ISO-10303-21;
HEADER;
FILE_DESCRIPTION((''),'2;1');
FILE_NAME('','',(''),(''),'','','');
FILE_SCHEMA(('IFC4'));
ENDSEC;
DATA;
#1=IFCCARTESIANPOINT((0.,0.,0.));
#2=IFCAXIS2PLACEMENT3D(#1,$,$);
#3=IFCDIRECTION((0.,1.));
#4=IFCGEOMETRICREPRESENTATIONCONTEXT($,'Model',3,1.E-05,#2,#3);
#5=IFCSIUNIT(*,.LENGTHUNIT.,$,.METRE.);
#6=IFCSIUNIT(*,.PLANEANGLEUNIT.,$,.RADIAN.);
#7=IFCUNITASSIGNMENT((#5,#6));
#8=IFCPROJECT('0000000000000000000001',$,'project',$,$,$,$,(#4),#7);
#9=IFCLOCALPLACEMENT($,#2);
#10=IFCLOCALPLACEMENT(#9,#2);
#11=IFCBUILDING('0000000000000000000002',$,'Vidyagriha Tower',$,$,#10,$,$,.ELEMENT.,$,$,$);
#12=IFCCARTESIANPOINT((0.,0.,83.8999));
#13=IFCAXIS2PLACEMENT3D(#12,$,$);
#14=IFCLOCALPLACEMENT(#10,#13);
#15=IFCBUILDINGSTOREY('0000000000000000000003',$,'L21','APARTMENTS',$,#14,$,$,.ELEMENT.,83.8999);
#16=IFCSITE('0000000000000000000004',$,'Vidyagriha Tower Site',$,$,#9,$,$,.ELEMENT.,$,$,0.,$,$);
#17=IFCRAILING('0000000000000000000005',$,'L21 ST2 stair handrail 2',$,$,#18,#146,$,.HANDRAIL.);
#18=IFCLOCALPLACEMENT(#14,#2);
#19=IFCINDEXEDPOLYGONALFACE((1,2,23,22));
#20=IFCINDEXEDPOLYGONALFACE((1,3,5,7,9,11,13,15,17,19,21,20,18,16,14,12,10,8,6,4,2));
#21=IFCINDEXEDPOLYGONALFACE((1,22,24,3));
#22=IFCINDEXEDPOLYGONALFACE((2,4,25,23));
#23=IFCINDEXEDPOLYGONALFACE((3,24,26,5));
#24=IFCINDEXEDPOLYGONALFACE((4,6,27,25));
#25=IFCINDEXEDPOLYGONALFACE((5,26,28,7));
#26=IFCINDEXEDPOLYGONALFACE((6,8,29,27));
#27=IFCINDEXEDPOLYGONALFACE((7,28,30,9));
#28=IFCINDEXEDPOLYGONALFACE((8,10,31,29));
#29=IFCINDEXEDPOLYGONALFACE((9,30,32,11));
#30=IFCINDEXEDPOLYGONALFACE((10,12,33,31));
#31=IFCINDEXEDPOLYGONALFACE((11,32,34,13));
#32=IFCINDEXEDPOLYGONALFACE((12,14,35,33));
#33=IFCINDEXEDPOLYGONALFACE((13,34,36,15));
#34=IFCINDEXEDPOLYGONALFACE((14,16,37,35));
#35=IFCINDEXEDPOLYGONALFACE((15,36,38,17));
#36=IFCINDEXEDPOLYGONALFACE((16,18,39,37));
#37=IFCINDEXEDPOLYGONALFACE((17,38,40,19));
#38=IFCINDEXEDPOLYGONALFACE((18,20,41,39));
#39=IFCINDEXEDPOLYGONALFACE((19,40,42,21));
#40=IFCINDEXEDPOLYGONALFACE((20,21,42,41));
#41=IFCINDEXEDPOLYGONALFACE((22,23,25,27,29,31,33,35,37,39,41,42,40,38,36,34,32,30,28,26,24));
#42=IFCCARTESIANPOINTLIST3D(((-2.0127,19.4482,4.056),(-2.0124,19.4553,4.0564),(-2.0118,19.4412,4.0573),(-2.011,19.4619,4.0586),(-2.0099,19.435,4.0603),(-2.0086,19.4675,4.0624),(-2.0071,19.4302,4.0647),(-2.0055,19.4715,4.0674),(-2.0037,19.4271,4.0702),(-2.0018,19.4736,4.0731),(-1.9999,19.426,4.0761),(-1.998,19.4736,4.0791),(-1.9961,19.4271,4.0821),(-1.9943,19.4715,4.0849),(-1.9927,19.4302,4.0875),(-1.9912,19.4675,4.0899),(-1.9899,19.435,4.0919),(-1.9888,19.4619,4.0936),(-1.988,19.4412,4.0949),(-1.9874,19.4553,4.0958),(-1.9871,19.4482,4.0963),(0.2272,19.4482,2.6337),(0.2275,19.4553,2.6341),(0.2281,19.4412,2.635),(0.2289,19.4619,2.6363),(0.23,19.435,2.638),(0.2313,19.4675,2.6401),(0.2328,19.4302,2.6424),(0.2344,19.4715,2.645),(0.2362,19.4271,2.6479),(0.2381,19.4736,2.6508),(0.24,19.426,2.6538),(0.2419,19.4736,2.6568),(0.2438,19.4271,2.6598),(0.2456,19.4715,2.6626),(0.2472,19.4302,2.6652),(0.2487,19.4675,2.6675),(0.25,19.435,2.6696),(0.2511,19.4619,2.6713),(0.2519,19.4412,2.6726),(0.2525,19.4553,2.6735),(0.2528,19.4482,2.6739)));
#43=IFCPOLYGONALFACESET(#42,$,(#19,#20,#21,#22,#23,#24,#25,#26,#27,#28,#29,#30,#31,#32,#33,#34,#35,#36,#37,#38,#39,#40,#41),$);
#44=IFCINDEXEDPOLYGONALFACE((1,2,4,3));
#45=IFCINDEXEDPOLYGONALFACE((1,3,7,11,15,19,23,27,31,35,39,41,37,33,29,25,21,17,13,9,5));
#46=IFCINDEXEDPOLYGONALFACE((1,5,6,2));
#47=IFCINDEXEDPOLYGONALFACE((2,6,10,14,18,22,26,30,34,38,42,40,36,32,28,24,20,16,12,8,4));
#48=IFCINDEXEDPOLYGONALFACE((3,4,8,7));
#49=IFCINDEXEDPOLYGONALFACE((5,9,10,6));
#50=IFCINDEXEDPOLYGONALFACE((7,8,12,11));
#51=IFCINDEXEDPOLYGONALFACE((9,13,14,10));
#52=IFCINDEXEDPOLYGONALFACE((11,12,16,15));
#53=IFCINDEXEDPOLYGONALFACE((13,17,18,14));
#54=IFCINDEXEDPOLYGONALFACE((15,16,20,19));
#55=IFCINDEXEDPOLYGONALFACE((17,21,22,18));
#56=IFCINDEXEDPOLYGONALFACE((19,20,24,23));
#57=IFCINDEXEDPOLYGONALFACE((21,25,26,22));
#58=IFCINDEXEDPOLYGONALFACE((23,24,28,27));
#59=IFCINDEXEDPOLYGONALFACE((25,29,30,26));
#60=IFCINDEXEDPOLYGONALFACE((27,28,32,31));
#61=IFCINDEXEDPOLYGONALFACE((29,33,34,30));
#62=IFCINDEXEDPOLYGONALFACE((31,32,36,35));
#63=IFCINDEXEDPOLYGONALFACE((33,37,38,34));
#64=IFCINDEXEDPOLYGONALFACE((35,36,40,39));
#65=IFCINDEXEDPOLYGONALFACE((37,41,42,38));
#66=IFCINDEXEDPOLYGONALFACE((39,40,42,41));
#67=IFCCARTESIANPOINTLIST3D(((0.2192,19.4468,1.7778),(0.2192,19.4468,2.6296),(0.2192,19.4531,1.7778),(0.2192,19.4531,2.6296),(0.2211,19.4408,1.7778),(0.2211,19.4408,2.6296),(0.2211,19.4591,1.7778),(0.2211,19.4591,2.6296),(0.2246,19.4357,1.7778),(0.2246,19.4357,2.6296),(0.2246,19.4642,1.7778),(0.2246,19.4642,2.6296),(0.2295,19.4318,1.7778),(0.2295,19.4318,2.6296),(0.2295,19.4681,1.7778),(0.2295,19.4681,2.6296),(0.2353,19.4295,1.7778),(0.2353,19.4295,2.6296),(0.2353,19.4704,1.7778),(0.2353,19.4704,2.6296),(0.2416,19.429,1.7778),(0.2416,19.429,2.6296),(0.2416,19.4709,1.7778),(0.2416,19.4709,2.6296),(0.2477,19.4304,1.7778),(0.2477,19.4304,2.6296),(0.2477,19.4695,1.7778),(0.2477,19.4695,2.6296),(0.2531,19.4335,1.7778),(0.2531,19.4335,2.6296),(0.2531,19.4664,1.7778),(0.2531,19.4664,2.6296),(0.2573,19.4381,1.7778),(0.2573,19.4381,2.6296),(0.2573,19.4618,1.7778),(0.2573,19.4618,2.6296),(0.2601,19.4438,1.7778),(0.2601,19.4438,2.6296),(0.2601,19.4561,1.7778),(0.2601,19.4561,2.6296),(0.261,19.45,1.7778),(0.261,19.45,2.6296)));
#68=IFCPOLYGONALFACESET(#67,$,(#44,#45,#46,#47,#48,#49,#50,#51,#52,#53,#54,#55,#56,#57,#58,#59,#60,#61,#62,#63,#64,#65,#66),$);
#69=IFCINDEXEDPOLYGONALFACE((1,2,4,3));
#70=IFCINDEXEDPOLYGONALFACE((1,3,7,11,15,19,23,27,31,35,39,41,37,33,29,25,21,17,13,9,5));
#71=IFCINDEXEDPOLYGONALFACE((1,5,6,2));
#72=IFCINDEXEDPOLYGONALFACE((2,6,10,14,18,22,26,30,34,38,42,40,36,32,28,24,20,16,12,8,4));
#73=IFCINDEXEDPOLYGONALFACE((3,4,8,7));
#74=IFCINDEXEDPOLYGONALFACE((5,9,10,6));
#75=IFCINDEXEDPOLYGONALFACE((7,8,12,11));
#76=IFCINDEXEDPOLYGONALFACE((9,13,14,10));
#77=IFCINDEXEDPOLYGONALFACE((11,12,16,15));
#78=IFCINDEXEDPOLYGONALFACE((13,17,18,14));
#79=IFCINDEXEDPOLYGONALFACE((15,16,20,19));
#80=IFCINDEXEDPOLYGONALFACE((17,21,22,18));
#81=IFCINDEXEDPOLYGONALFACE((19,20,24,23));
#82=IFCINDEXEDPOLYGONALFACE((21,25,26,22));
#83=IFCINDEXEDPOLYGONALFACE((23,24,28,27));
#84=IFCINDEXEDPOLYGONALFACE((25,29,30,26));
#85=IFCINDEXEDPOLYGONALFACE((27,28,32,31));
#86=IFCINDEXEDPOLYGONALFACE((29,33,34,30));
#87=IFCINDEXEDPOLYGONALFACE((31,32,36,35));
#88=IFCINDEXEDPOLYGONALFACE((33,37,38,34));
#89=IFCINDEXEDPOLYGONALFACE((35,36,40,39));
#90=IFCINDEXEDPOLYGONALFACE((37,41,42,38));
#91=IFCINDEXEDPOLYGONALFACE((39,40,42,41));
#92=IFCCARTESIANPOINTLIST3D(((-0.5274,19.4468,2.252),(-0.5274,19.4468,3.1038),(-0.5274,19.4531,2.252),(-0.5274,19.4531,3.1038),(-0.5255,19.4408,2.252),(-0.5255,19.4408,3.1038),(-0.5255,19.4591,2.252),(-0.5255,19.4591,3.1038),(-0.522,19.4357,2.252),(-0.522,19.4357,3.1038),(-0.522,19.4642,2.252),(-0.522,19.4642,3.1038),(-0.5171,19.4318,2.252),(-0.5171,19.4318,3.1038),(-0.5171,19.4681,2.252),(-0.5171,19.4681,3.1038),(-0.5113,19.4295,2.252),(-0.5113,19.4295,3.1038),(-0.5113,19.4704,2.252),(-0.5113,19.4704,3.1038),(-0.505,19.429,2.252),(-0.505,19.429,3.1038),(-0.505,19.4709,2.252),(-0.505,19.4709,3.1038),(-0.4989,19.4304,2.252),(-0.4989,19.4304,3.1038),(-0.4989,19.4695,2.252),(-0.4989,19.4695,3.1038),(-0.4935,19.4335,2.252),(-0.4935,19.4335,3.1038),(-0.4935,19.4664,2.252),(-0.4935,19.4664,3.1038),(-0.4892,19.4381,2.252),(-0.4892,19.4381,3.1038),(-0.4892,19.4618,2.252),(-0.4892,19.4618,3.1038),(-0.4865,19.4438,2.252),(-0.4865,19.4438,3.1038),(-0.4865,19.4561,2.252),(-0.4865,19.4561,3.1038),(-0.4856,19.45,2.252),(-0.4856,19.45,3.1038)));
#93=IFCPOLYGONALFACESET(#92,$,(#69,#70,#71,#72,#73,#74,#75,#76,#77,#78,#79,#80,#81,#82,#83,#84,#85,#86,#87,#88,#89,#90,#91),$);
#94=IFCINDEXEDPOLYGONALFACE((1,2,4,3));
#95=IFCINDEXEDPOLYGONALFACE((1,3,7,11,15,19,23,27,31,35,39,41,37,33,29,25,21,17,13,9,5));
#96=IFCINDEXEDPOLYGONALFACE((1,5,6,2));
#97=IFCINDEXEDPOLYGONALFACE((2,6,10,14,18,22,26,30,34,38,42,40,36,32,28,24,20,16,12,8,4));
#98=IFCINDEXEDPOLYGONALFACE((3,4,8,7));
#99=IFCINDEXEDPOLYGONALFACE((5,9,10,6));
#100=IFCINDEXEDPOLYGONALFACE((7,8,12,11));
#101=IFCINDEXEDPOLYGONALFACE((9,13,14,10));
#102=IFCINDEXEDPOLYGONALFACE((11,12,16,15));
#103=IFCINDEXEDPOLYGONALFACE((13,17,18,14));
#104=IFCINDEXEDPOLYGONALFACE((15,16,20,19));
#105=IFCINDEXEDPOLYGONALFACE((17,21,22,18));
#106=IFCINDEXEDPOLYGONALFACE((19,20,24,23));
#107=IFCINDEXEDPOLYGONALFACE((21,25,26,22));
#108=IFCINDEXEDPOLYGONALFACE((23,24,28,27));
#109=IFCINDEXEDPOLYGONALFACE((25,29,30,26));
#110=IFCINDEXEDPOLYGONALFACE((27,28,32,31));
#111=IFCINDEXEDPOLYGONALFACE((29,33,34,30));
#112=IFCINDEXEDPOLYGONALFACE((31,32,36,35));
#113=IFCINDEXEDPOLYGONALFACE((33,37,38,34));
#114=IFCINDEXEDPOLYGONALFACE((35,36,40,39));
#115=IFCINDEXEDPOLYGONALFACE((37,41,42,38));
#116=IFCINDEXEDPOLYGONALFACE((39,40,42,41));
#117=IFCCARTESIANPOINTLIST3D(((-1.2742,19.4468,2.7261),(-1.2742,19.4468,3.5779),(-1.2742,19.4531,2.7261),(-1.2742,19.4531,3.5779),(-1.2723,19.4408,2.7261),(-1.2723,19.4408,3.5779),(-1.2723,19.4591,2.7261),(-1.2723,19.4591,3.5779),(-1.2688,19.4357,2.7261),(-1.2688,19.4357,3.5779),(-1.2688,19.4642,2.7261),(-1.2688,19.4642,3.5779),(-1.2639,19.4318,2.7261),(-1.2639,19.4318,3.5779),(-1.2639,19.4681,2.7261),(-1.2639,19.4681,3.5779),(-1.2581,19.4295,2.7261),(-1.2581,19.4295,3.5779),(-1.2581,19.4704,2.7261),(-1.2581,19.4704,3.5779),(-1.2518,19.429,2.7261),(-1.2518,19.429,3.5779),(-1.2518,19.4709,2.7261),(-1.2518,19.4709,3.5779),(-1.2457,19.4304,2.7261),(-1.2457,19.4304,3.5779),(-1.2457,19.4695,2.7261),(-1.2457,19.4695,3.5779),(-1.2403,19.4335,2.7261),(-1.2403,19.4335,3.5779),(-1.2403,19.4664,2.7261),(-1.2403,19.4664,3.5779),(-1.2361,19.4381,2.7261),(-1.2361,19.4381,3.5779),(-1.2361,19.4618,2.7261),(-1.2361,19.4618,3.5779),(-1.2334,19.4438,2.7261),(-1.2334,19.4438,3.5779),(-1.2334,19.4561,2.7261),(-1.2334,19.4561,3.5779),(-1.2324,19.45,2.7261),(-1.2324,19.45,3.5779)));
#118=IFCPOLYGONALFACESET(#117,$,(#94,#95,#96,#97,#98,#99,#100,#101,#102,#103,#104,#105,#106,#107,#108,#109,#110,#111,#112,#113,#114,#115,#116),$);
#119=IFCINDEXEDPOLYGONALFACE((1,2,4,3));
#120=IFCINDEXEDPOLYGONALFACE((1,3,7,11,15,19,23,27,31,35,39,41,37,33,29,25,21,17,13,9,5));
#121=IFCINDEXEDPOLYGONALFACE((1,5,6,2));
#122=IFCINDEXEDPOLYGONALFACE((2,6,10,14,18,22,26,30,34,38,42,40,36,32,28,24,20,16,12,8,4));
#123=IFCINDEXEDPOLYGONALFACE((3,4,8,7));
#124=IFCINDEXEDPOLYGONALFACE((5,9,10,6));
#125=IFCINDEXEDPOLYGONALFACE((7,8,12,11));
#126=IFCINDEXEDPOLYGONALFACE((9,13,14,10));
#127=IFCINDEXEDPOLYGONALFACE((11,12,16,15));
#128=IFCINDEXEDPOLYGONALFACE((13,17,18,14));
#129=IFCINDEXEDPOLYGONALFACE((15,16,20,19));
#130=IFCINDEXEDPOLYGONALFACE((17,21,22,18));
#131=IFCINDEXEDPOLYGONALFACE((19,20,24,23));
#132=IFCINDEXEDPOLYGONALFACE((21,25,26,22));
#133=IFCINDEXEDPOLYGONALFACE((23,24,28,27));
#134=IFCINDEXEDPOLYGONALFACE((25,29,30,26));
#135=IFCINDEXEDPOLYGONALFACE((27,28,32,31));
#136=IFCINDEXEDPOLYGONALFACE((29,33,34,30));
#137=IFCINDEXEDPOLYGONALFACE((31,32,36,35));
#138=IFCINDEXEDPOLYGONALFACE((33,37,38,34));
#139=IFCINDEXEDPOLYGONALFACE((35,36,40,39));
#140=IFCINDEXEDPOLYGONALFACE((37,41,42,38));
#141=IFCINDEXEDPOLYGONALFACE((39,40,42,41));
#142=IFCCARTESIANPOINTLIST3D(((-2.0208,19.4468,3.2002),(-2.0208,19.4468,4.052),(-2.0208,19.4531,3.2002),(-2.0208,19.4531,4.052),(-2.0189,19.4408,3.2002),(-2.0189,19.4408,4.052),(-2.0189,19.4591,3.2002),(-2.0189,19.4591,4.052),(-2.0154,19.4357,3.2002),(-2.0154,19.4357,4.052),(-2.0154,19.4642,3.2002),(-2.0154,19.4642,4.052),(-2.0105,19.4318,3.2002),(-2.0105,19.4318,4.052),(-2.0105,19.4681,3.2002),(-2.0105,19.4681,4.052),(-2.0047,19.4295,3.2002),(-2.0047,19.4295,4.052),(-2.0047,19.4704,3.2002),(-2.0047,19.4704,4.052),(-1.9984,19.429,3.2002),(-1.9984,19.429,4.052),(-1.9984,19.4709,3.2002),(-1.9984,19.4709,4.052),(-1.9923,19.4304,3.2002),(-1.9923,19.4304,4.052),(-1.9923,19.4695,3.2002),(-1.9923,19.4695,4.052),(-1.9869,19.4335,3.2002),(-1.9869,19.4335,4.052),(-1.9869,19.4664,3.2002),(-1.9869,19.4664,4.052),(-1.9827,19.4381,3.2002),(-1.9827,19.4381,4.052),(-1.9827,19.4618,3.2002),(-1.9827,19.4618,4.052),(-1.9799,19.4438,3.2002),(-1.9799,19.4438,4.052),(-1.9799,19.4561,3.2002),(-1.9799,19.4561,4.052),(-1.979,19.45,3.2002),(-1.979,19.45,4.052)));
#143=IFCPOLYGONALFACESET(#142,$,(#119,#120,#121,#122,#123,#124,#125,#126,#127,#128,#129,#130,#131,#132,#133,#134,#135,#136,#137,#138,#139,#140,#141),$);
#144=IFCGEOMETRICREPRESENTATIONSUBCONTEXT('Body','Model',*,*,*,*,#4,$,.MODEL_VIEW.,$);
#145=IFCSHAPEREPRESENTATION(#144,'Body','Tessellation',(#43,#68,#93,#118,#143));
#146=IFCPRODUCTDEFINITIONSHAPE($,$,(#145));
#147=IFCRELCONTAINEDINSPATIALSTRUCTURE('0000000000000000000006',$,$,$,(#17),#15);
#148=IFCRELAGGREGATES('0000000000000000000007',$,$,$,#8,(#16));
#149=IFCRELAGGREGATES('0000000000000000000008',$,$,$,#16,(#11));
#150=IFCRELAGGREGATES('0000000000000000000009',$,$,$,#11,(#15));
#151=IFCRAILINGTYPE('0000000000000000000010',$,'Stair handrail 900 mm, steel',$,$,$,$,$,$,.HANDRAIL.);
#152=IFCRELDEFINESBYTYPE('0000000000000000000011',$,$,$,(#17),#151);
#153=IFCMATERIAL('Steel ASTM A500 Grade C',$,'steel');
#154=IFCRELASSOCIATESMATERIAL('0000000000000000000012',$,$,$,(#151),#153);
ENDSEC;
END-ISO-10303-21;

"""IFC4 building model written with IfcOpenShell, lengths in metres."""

from ifc_helpers import new_model, si_unit, direction, frame, origin, origin_2d, place, context, subcontext, project, spatial, circle, extrude, material, type_object, element, save


model = new_model("IFC4")

# Units and contexts
model_context = context("Model", 3, precision=1e-05, world=origin(), true_north=direction((0.0, 1.0)))
body_context = subcontext(model_context, "Body", "Model", "MODEL_VIEW")
ifc_project = project(units=[si_unit("LENGTHUNIT", "METRE"), si_unit("PLANEANGLEUNIT", "RADIAN")], contexts=[model_context])

# Site, building, storey
site_placement = place(None, origin())
site = spatial("IfcSite", under=ifc_project, at=site_placement, Name="Vidyagriha Tower Site", CompositionType="ELEMENT", RefElevation=0.0)
building_placement = place(site_placement, origin())
building = spatial("IfcBuilding", under=site, at=building_placement, Name="Vidyagriha Tower", CompositionType="ELEMENT")
storey_placement = place(building_placement, frame((0.0, 0.0, 83.8999)))
storey = spatial("IfcBuildingStorey", under=building, at=storey_placement, Name="L21", Description="APARTMENTS", CompositionType="ELEMENT", Elevation=83.8999)

# Railing
ifc_material_1 = material(Name="Steel ASTM A500 Grade C", Category="steel")
railing_type_1 = type_object("IfcRailingType", Name="Stair handrail 900 mm, steel", PredefinedType="HANDRAIL", material=ifc_material_1)
railing_1_placement = place(storey_placement, frame((0.24, 19.45, 1.7778)))
element("IfcRailing", 1, at=railing_1_placement, inside=storey, type_object=railing_type_1, Name="L21 ST2 stair handrail 2", PredefinedType="HANDRAIL", context=body_context, shape_type="SweptSolid", body=[
    extrude(circle(Radius=0.0239, at=origin_2d()), frame((0.0, 0.0, 0.876), z_axis=(-0.844188, 0.0, 0.536048), x_axis=(0.0, -1.0, 0.0)), (0.0, 0.0, 1.0), 2.6533),
    extrude(circle(Radius=0.021, at=origin_2d()), origin(), (0.0, 0.0, 1.0), 0.8518),
    extrude(circle(Radius=0.021, at=origin_2d()), frame((-0.7466, 0.0, 0.4741)), (0.0, 0.0, 1.0), 0.8518),
    extrude(circle(Radius=0.021, at=origin_2d()), frame((-1.4934, 0.0, 0.9482)), (0.0, 0.0, 1.0), 0.8518),
    extrude(circle(Radius=0.021, at=origin_2d()), frame((-2.24, 0.0, 1.4224)), (0.0, 0.0, 1.0), 0.8518),
])

save(model, "model.ifc")
